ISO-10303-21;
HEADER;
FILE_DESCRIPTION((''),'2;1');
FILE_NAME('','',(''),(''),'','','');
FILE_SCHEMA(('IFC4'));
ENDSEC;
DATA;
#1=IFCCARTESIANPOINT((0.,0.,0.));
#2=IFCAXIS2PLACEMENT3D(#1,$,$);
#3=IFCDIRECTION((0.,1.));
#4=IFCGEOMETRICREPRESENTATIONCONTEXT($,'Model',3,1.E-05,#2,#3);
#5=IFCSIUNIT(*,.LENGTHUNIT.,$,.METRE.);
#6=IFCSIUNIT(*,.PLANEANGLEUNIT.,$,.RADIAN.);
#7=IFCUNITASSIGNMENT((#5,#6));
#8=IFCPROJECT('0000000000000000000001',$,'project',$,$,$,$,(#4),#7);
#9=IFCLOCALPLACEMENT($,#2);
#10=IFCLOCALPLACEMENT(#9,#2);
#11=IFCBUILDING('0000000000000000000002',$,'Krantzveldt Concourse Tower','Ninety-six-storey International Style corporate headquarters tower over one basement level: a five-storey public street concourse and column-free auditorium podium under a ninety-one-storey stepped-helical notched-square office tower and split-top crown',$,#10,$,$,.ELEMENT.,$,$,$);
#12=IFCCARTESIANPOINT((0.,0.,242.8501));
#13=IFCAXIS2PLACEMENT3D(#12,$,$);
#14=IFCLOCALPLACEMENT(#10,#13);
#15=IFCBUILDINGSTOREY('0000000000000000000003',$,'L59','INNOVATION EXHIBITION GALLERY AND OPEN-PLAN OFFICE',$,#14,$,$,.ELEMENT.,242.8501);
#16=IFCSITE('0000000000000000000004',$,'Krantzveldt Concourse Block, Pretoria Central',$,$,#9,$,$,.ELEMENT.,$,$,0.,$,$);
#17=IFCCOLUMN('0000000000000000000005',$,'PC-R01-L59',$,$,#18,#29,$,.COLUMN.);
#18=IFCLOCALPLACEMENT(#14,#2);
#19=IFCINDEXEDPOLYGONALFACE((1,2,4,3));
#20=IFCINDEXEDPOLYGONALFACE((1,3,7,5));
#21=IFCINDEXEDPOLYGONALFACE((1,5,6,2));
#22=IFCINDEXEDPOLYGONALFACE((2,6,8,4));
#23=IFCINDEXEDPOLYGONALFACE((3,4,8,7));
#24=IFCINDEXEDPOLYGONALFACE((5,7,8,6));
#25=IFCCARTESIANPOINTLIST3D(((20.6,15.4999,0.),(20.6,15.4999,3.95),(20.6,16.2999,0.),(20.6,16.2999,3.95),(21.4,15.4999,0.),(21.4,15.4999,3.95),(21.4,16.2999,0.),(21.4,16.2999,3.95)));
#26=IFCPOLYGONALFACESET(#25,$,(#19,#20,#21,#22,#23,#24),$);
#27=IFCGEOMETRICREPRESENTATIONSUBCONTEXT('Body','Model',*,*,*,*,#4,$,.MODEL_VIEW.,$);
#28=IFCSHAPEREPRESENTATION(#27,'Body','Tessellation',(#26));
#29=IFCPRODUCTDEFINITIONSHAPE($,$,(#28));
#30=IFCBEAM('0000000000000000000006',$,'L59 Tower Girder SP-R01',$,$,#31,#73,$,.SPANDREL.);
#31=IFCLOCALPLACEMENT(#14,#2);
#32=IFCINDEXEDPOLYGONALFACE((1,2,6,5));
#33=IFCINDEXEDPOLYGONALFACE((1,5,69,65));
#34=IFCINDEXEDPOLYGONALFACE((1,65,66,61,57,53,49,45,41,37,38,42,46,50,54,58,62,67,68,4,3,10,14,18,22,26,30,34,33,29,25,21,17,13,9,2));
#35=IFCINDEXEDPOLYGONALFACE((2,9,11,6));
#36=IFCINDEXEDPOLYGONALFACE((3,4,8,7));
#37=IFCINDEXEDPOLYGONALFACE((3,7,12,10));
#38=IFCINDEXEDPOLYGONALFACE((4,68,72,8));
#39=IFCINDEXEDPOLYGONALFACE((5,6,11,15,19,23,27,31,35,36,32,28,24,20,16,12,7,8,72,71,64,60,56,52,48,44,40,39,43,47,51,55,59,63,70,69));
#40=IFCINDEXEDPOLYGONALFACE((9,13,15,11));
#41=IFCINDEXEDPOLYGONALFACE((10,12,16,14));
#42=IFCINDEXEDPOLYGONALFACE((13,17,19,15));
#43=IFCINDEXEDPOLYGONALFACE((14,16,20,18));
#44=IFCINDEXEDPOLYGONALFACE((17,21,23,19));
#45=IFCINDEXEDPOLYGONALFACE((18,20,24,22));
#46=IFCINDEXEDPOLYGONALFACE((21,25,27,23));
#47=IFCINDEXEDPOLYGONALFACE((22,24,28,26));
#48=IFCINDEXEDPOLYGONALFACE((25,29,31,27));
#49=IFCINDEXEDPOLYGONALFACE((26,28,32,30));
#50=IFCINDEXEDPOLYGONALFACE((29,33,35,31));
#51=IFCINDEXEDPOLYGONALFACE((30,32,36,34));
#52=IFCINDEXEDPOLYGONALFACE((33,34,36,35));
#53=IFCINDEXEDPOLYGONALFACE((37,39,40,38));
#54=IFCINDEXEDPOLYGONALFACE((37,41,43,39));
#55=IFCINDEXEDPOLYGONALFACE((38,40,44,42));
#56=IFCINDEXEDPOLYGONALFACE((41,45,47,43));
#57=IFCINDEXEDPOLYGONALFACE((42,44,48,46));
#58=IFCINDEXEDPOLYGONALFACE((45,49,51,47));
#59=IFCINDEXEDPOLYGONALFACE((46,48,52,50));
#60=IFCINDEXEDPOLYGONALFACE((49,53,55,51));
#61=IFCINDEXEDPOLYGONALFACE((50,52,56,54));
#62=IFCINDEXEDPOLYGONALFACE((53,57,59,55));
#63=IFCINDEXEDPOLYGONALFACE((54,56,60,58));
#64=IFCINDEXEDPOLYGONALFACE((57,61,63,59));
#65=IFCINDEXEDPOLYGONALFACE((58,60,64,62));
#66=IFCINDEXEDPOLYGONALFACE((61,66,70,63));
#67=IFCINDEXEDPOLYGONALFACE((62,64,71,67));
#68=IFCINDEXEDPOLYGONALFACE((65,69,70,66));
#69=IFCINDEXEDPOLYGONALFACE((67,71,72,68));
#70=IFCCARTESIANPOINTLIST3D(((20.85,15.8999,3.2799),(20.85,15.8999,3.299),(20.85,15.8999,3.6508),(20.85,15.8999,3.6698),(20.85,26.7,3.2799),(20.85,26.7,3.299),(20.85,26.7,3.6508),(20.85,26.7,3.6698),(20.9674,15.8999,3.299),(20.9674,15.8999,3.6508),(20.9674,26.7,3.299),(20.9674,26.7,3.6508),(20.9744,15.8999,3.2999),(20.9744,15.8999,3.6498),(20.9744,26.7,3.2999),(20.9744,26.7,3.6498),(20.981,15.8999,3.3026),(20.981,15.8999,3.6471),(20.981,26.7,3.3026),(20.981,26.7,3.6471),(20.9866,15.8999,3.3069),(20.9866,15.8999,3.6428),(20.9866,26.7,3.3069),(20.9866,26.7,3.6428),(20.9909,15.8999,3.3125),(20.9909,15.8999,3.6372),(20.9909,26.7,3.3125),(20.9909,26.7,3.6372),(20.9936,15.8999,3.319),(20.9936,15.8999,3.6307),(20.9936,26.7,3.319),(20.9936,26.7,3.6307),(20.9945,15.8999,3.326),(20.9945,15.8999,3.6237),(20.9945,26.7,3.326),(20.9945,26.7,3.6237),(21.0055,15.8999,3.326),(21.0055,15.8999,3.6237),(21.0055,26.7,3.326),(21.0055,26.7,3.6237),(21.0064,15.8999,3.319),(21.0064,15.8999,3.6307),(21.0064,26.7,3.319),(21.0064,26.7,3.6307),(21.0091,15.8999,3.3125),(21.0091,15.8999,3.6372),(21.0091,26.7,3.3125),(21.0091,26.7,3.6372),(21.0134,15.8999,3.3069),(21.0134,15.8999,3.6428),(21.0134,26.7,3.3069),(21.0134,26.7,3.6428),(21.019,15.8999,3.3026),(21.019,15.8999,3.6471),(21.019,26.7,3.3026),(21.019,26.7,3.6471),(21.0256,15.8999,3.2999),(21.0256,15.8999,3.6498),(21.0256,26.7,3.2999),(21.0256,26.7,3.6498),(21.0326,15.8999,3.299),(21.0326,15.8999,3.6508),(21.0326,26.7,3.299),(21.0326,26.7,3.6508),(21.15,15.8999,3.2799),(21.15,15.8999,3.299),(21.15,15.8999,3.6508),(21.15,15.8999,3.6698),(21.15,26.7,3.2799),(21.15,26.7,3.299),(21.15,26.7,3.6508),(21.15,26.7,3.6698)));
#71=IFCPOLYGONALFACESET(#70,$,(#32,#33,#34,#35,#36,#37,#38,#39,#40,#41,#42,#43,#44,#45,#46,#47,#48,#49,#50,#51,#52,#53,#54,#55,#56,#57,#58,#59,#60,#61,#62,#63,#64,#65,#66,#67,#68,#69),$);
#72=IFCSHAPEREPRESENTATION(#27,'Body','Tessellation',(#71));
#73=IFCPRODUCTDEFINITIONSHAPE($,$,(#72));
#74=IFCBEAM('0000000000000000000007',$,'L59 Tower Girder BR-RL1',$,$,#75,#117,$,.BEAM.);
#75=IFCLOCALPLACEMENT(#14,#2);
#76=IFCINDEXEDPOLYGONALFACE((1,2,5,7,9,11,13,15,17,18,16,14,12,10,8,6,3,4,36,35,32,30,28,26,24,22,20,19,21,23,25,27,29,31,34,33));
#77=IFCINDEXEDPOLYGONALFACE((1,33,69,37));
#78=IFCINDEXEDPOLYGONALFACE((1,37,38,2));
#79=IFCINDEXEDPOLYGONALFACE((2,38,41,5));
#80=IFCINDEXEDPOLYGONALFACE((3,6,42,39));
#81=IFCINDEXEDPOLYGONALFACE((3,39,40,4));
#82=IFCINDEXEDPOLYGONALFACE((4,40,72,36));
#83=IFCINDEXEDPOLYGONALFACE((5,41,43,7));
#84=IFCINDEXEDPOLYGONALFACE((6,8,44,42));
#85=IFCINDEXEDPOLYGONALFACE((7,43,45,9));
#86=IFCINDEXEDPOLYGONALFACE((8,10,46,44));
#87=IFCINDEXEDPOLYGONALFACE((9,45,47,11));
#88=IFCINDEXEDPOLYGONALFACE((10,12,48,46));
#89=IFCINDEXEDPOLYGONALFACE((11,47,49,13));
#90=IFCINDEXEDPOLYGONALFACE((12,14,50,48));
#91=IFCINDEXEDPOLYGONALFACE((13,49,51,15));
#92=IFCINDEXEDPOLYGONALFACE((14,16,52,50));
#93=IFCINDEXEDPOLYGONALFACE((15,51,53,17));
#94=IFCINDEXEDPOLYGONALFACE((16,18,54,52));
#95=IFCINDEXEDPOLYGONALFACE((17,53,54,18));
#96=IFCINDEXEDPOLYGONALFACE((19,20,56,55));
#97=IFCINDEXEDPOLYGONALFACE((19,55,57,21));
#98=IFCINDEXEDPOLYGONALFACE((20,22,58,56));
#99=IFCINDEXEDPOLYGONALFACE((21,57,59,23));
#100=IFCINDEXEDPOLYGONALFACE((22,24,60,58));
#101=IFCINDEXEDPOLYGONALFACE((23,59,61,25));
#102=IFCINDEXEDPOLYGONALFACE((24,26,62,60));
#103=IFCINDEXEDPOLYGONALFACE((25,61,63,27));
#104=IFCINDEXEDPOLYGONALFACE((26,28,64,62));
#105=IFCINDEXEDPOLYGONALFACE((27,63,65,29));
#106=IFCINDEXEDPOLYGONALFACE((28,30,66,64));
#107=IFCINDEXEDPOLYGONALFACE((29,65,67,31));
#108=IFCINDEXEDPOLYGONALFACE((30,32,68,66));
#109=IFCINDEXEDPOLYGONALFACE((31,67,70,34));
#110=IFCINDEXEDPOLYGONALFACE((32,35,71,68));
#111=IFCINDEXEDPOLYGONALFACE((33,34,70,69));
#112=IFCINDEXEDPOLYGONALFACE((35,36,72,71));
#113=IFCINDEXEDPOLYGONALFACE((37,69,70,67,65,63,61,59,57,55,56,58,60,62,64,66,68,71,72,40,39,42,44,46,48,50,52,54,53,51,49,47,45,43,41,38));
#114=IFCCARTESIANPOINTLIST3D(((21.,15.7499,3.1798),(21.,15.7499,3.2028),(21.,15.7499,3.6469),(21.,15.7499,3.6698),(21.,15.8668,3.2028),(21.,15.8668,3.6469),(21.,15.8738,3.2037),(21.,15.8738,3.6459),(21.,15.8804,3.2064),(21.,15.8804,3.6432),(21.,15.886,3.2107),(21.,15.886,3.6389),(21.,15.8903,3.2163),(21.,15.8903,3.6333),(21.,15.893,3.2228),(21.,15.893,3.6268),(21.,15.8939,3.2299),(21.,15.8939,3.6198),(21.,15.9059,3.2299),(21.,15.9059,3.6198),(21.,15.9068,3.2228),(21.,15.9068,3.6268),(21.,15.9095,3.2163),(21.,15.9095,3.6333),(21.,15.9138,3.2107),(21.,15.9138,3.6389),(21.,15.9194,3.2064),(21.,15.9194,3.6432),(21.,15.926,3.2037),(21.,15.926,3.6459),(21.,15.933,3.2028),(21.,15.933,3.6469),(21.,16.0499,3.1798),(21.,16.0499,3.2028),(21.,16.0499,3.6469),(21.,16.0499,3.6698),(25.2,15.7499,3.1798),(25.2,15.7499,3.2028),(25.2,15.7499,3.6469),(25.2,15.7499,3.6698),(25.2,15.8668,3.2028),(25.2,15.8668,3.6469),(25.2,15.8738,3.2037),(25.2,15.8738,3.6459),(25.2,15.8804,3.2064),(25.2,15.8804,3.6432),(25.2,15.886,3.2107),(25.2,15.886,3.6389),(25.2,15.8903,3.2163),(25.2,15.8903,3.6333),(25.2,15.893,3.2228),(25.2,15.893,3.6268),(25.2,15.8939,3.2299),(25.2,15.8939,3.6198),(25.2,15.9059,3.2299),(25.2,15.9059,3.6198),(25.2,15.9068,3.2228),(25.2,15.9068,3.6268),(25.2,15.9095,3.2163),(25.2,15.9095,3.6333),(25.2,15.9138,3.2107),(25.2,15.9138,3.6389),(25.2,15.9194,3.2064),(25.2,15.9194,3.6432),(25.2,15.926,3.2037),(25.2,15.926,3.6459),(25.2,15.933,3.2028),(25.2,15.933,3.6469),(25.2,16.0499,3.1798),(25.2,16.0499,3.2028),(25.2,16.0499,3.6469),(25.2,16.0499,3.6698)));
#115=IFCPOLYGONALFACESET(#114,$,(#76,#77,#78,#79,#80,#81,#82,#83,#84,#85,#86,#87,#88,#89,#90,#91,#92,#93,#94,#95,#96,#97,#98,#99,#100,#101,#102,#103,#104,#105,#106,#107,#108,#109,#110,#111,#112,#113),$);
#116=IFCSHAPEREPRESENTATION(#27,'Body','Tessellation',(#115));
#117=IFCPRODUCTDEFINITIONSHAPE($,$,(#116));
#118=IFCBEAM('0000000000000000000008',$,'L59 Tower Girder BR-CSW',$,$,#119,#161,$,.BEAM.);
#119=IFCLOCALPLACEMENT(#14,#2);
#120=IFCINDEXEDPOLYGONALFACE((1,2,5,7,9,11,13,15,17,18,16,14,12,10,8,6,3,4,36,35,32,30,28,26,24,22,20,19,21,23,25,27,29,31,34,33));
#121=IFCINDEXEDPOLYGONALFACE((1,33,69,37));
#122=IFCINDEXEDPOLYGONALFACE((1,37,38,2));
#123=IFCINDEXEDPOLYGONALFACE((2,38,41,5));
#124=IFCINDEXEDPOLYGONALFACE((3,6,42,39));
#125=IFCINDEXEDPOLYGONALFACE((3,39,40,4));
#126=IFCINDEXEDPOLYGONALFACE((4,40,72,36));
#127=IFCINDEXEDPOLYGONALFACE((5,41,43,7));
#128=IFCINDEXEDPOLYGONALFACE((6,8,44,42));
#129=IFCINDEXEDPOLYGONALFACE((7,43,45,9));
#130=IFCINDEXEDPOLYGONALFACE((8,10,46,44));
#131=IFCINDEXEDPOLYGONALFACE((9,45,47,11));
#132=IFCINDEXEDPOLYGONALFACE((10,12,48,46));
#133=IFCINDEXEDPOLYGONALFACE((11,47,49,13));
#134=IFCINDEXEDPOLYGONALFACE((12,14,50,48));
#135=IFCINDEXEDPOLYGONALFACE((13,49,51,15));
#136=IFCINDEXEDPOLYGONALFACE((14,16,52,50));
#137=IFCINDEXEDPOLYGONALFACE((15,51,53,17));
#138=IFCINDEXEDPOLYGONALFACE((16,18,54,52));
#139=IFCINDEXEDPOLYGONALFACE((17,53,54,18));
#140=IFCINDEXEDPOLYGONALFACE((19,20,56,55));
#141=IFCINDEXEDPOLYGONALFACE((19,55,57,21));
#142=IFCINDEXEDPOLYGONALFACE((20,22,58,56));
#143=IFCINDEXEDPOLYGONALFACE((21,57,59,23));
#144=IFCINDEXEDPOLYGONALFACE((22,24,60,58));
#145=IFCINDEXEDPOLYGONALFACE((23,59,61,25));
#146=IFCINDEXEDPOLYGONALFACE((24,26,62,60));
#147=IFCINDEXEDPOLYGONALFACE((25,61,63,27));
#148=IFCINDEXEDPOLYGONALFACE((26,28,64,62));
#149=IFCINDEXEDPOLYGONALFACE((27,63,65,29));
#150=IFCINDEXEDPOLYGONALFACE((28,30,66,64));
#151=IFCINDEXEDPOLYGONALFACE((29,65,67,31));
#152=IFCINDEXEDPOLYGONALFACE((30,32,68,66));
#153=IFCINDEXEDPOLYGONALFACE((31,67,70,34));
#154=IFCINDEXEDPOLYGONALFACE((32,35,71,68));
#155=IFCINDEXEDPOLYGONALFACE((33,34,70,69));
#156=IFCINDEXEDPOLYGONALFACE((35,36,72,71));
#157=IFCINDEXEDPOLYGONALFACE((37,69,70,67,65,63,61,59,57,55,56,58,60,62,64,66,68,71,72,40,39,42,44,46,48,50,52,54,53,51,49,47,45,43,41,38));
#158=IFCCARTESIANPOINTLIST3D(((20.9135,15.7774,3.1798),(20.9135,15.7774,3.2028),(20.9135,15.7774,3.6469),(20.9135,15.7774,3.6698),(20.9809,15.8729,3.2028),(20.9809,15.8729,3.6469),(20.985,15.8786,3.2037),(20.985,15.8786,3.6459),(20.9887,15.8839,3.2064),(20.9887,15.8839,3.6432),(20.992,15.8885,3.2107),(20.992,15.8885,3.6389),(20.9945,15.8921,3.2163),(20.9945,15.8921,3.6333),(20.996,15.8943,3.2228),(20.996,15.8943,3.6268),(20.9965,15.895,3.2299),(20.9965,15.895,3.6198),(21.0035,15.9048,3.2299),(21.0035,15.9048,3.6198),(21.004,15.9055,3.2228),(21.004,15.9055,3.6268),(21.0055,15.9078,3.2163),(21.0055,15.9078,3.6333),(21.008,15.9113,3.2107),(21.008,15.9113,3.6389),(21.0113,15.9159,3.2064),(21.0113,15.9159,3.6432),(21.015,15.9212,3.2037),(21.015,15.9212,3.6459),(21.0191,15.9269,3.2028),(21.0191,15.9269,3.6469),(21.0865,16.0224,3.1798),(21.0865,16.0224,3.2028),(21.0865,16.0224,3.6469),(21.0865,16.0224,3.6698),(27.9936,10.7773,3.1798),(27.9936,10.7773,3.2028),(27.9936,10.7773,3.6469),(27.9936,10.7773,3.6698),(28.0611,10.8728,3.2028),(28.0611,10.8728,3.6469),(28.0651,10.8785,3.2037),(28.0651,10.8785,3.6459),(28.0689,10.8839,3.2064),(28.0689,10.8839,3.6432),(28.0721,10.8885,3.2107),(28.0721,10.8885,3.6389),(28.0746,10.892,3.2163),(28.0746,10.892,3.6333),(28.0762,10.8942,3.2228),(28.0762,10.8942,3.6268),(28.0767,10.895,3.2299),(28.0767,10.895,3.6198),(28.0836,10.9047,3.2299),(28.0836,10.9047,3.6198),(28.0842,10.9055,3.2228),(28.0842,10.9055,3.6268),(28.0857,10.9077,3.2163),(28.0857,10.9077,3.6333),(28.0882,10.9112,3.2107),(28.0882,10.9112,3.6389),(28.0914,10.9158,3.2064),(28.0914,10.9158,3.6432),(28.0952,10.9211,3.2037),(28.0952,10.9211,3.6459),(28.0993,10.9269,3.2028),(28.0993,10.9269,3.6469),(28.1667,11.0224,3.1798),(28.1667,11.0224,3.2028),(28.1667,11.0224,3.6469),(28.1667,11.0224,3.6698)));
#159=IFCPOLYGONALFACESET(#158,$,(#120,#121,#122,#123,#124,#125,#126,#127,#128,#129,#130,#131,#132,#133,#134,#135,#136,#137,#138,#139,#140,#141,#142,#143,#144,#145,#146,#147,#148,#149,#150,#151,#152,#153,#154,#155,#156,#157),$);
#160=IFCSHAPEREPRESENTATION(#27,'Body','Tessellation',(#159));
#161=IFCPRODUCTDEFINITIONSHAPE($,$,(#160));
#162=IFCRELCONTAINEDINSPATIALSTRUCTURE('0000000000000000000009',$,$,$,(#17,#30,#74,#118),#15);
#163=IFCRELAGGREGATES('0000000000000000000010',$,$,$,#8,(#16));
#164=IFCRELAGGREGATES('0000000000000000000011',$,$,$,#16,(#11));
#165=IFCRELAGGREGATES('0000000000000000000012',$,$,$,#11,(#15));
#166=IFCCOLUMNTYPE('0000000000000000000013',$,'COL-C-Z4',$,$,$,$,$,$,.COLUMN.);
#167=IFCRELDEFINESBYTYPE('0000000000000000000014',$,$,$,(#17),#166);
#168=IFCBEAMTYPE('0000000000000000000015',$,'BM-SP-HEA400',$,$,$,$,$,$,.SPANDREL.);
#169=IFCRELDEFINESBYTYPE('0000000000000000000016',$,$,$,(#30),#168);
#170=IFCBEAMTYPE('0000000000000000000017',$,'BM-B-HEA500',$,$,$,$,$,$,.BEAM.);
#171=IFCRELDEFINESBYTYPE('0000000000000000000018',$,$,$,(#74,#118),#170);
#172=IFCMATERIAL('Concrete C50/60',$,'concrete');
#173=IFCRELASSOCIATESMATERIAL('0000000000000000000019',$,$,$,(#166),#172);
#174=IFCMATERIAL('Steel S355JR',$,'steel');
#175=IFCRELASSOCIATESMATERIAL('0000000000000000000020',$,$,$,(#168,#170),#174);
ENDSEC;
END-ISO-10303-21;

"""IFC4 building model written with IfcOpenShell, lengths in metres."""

from ifc_helpers import new_model, si_unit, direction, frame, origin, origin_2d, place, context, subcontext, project, spatial, rectangle, i_section, extrude, source, transform, mapped, material, material_profile, profile_set, type_object, type_shapes, element, save


model = new_model("IFC4")

# Units and contexts
model_context = context("Model", 3, precision=1e-05, world=origin(), true_north=direction((0.0, 1.0)))
body_context = subcontext(model_context, "Body", "Model", "MODEL_VIEW")
ifc_project = project(units=[si_unit("LENGTHUNIT", "METRE"), si_unit("PLANEANGLEUNIT", "RADIAN")], contexts=[model_context])

# Site, building, storey
site_placement = place(None, origin())
site = spatial("IfcSite", under=ifc_project, at=site_placement, Name="Krantzveldt Concourse Block, Pretoria Central", CompositionType="ELEMENT", RefElevation=0.0)
building_placement = place(site_placement, origin())
building = spatial("IfcBuilding", under=site, at=building_placement, Name="Krantzveldt Concourse Tower", Description="Ninety-six-storey International Style corporate headquarters tower over one basement level: a five-storey public street concourse and column-free auditorium podium under a ninety-one-storey stepped-helical notched-square office tower and split-top crown", CompositionType="ELEMENT")
storey_placement = place(building_placement, frame((0.0, 0.0, 242.8501)))
storey = spatial("IfcBuildingStorey", under=building, at=storey_placement, Name="L59", Description="INNOVATION EXHIBITION GALLERY AND OPEN-PLAN OFFICE", CompositionType="ELEMENT", Elevation=242.8501)

# Column
ifc_material_1 = material(Name="Concrete C50/60", Category="concrete")
ifc_material_profile_1 = material_profile(ifc_material_1, rectangle(XDim=0.8, YDim=0.8, at=origin_2d()), Name="Concrete C50/60", Category="concrete")
ifc_profile_set_1 = profile_set([ifc_material_profile_1], Name="Concrete C50/60 - RC 800x800")
column_type = type_object("IfcColumnType", Name="COL-C-Z4", PredefinedType="COLUMN", material=ifc_profile_set_1)
shared_shape_1 = source(origin(), body_context, "Body", "SweptSolid", [
    extrude(rectangle(XDim=0.8, YDim=0.8, at=origin_2d()), origin(), (0.0, 0.0, 1.0), 3.95),
])
type_shapes(column_type, [shared_shape_1])
column_placement = place(storey_placement, frame((21.0, 15.8999, 0.0), z_axis=(0.0, 0.0, 1.0), x_axis=(1.0, 0.0, 0.0)))
element("IfcColumn", 1, at=column_placement, inside=storey, type_object=column_type, Name="PC-R01-L59", PredefinedType="COLUMN", context=body_context, shape_type="MappedRepresentation", body=[
    mapped(shared_shape_1, transform((0.0, 0.0, 0.0), x_axis=(1.0, 0.0, 0.0), y_axis=(0.0, 1.0, 0.0), z_axis=(0.0, 0.0, 1.0), scale=1.0)),
])

# Beams
ifc_material_2 = material(Name="Steel S355JR", Category="steel")
ifc_material_profile_2 = material_profile(ifc_material_2, i_section(OverallWidth=0.3, OverallDepth=0.3899, WebThickness=0.011, FlangeThickness=0.019, FilletRadius=0.0271, at=origin_2d()), Name="Steel S355JR", Category="steel")
ifc_profile_set_2 = profile_set([ifc_material_profile_2], Name="Steel S355JR - HEA 400")
beam_type_1 = type_object("IfcBeamType", Name="BM-SP-HEA400", PredefinedType="SPANDREL", material=ifc_profile_set_2)
shared_shape_2 = source(origin(), body_context, "Body", "SweptSolid", [
    extrude(i_section(OverallWidth=0.3, OverallDepth=0.3899, WebThickness=0.011, FlangeThickness=0.019, FilletRadius=0.0271, at=origin_2d()), origin(), (0.0, 0.0, 1.0), 10.8),
])
type_shapes(beam_type_1, [shared_shape_2])
beam_1_placement = place(storey_placement, frame((21.0, 15.8999, 3.4749), z_axis=(0.0, 1.0, 0.0), x_axis=(-1.0, 0.0, 0.0)))
element("IfcBeam", 2, at=beam_1_placement, inside=storey, type_object=beam_type_1, Name="L59 Tower Girder SP-R01", PredefinedType="SPANDREL", context=body_context, shape_type="MappedRepresentation", body=[
    mapped(shared_shape_2, transform((0.0, 0.0, 0.0), x_axis=(1.0, 0.0, 0.0), y_axis=(0.0, 1.0, 0.0), z_axis=(0.0, 0.0, 1.0), scale=1.0)),
])
ifc_material_profile_3 = material_profile(ifc_material_2, i_section(OverallWidth=0.3, OverallDepth=0.49, WebThickness=0.012, FlangeThickness=0.0229, FilletRadius=0.0271, at=origin_2d()), Name="Steel S355JR", Category="steel")
ifc_profile_set_3 = profile_set([ifc_material_profile_3], Name="Steel S355JR - HEA 500")
beam_type_2 = type_object("IfcBeamType", Name="BM-B-HEA500", PredefinedType="BEAM", material=ifc_profile_set_3)
shared_shape_3 = source(origin(), body_context, "Body", "SweptSolid", [
    extrude(i_section(OverallWidth=0.3, OverallDepth=0.49, WebThickness=0.012, FlangeThickness=0.0229, FilletRadius=0.0271, at=origin_2d()), origin(), (0.0, 0.0, 1.0), 4.2),
])
beam_2_placement = place(storey_placement, frame((21.0, 15.8999, 3.4248), z_axis=(1.0, 0.0, 0.0), x_axis=(0.0, 1.0, 0.0)))
element("IfcBeam", 3, at=beam_2_placement, inside=storey, type_object=beam_type_2, Name="L59 Tower Girder BR-RL1", PredefinedType="BEAM", context=body_context, shape_type="MappedRepresentation", body=[
    mapped(shared_shape_3, transform((0.0, 0.0, 0.0), x_axis=(1.0, 0.0, 0.0), y_axis=(0.0, 1.0, 0.0), z_axis=(0.0, 0.0, 1.0), scale=1.0)),
])
shared_shape_4 = source(origin(), body_context, "Body", "SweptSolid", [
    extrude(i_section(OverallWidth=0.3, OverallDepth=0.49, WebThickness=0.012, FlangeThickness=0.0229, FilletRadius=0.0271, at=origin_2d()), origin(), (0.0, 0.0, 1.0), 8.6677),
])
type_shapes(beam_type_2, [shared_shape_3, shared_shape_4])
beam_3_placement = place(storey_placement, frame((21.0, 15.8999, 3.4248), z_axis=(0.816843, -0.57686, 0.0), x_axis=(0.57686, 0.816843, 0.0)))
element("IfcBeam", 4, at=beam_3_placement, inside=storey, type_object=beam_type_2, Name="L59 Tower Girder BR-CSW", PredefinedType="BEAM", context=body_context, shape_type="MappedRepresentation", body=[
    mapped(shared_shape_4, transform((0.0, 0.0, 0.0), x_axis=(1.0, 0.0, 0.0), y_axis=(0.0, 1.0, 0.0), z_axis=(0.0, 0.0, 1.0), scale=1.0)),
])

save(model, "model.ifc")
